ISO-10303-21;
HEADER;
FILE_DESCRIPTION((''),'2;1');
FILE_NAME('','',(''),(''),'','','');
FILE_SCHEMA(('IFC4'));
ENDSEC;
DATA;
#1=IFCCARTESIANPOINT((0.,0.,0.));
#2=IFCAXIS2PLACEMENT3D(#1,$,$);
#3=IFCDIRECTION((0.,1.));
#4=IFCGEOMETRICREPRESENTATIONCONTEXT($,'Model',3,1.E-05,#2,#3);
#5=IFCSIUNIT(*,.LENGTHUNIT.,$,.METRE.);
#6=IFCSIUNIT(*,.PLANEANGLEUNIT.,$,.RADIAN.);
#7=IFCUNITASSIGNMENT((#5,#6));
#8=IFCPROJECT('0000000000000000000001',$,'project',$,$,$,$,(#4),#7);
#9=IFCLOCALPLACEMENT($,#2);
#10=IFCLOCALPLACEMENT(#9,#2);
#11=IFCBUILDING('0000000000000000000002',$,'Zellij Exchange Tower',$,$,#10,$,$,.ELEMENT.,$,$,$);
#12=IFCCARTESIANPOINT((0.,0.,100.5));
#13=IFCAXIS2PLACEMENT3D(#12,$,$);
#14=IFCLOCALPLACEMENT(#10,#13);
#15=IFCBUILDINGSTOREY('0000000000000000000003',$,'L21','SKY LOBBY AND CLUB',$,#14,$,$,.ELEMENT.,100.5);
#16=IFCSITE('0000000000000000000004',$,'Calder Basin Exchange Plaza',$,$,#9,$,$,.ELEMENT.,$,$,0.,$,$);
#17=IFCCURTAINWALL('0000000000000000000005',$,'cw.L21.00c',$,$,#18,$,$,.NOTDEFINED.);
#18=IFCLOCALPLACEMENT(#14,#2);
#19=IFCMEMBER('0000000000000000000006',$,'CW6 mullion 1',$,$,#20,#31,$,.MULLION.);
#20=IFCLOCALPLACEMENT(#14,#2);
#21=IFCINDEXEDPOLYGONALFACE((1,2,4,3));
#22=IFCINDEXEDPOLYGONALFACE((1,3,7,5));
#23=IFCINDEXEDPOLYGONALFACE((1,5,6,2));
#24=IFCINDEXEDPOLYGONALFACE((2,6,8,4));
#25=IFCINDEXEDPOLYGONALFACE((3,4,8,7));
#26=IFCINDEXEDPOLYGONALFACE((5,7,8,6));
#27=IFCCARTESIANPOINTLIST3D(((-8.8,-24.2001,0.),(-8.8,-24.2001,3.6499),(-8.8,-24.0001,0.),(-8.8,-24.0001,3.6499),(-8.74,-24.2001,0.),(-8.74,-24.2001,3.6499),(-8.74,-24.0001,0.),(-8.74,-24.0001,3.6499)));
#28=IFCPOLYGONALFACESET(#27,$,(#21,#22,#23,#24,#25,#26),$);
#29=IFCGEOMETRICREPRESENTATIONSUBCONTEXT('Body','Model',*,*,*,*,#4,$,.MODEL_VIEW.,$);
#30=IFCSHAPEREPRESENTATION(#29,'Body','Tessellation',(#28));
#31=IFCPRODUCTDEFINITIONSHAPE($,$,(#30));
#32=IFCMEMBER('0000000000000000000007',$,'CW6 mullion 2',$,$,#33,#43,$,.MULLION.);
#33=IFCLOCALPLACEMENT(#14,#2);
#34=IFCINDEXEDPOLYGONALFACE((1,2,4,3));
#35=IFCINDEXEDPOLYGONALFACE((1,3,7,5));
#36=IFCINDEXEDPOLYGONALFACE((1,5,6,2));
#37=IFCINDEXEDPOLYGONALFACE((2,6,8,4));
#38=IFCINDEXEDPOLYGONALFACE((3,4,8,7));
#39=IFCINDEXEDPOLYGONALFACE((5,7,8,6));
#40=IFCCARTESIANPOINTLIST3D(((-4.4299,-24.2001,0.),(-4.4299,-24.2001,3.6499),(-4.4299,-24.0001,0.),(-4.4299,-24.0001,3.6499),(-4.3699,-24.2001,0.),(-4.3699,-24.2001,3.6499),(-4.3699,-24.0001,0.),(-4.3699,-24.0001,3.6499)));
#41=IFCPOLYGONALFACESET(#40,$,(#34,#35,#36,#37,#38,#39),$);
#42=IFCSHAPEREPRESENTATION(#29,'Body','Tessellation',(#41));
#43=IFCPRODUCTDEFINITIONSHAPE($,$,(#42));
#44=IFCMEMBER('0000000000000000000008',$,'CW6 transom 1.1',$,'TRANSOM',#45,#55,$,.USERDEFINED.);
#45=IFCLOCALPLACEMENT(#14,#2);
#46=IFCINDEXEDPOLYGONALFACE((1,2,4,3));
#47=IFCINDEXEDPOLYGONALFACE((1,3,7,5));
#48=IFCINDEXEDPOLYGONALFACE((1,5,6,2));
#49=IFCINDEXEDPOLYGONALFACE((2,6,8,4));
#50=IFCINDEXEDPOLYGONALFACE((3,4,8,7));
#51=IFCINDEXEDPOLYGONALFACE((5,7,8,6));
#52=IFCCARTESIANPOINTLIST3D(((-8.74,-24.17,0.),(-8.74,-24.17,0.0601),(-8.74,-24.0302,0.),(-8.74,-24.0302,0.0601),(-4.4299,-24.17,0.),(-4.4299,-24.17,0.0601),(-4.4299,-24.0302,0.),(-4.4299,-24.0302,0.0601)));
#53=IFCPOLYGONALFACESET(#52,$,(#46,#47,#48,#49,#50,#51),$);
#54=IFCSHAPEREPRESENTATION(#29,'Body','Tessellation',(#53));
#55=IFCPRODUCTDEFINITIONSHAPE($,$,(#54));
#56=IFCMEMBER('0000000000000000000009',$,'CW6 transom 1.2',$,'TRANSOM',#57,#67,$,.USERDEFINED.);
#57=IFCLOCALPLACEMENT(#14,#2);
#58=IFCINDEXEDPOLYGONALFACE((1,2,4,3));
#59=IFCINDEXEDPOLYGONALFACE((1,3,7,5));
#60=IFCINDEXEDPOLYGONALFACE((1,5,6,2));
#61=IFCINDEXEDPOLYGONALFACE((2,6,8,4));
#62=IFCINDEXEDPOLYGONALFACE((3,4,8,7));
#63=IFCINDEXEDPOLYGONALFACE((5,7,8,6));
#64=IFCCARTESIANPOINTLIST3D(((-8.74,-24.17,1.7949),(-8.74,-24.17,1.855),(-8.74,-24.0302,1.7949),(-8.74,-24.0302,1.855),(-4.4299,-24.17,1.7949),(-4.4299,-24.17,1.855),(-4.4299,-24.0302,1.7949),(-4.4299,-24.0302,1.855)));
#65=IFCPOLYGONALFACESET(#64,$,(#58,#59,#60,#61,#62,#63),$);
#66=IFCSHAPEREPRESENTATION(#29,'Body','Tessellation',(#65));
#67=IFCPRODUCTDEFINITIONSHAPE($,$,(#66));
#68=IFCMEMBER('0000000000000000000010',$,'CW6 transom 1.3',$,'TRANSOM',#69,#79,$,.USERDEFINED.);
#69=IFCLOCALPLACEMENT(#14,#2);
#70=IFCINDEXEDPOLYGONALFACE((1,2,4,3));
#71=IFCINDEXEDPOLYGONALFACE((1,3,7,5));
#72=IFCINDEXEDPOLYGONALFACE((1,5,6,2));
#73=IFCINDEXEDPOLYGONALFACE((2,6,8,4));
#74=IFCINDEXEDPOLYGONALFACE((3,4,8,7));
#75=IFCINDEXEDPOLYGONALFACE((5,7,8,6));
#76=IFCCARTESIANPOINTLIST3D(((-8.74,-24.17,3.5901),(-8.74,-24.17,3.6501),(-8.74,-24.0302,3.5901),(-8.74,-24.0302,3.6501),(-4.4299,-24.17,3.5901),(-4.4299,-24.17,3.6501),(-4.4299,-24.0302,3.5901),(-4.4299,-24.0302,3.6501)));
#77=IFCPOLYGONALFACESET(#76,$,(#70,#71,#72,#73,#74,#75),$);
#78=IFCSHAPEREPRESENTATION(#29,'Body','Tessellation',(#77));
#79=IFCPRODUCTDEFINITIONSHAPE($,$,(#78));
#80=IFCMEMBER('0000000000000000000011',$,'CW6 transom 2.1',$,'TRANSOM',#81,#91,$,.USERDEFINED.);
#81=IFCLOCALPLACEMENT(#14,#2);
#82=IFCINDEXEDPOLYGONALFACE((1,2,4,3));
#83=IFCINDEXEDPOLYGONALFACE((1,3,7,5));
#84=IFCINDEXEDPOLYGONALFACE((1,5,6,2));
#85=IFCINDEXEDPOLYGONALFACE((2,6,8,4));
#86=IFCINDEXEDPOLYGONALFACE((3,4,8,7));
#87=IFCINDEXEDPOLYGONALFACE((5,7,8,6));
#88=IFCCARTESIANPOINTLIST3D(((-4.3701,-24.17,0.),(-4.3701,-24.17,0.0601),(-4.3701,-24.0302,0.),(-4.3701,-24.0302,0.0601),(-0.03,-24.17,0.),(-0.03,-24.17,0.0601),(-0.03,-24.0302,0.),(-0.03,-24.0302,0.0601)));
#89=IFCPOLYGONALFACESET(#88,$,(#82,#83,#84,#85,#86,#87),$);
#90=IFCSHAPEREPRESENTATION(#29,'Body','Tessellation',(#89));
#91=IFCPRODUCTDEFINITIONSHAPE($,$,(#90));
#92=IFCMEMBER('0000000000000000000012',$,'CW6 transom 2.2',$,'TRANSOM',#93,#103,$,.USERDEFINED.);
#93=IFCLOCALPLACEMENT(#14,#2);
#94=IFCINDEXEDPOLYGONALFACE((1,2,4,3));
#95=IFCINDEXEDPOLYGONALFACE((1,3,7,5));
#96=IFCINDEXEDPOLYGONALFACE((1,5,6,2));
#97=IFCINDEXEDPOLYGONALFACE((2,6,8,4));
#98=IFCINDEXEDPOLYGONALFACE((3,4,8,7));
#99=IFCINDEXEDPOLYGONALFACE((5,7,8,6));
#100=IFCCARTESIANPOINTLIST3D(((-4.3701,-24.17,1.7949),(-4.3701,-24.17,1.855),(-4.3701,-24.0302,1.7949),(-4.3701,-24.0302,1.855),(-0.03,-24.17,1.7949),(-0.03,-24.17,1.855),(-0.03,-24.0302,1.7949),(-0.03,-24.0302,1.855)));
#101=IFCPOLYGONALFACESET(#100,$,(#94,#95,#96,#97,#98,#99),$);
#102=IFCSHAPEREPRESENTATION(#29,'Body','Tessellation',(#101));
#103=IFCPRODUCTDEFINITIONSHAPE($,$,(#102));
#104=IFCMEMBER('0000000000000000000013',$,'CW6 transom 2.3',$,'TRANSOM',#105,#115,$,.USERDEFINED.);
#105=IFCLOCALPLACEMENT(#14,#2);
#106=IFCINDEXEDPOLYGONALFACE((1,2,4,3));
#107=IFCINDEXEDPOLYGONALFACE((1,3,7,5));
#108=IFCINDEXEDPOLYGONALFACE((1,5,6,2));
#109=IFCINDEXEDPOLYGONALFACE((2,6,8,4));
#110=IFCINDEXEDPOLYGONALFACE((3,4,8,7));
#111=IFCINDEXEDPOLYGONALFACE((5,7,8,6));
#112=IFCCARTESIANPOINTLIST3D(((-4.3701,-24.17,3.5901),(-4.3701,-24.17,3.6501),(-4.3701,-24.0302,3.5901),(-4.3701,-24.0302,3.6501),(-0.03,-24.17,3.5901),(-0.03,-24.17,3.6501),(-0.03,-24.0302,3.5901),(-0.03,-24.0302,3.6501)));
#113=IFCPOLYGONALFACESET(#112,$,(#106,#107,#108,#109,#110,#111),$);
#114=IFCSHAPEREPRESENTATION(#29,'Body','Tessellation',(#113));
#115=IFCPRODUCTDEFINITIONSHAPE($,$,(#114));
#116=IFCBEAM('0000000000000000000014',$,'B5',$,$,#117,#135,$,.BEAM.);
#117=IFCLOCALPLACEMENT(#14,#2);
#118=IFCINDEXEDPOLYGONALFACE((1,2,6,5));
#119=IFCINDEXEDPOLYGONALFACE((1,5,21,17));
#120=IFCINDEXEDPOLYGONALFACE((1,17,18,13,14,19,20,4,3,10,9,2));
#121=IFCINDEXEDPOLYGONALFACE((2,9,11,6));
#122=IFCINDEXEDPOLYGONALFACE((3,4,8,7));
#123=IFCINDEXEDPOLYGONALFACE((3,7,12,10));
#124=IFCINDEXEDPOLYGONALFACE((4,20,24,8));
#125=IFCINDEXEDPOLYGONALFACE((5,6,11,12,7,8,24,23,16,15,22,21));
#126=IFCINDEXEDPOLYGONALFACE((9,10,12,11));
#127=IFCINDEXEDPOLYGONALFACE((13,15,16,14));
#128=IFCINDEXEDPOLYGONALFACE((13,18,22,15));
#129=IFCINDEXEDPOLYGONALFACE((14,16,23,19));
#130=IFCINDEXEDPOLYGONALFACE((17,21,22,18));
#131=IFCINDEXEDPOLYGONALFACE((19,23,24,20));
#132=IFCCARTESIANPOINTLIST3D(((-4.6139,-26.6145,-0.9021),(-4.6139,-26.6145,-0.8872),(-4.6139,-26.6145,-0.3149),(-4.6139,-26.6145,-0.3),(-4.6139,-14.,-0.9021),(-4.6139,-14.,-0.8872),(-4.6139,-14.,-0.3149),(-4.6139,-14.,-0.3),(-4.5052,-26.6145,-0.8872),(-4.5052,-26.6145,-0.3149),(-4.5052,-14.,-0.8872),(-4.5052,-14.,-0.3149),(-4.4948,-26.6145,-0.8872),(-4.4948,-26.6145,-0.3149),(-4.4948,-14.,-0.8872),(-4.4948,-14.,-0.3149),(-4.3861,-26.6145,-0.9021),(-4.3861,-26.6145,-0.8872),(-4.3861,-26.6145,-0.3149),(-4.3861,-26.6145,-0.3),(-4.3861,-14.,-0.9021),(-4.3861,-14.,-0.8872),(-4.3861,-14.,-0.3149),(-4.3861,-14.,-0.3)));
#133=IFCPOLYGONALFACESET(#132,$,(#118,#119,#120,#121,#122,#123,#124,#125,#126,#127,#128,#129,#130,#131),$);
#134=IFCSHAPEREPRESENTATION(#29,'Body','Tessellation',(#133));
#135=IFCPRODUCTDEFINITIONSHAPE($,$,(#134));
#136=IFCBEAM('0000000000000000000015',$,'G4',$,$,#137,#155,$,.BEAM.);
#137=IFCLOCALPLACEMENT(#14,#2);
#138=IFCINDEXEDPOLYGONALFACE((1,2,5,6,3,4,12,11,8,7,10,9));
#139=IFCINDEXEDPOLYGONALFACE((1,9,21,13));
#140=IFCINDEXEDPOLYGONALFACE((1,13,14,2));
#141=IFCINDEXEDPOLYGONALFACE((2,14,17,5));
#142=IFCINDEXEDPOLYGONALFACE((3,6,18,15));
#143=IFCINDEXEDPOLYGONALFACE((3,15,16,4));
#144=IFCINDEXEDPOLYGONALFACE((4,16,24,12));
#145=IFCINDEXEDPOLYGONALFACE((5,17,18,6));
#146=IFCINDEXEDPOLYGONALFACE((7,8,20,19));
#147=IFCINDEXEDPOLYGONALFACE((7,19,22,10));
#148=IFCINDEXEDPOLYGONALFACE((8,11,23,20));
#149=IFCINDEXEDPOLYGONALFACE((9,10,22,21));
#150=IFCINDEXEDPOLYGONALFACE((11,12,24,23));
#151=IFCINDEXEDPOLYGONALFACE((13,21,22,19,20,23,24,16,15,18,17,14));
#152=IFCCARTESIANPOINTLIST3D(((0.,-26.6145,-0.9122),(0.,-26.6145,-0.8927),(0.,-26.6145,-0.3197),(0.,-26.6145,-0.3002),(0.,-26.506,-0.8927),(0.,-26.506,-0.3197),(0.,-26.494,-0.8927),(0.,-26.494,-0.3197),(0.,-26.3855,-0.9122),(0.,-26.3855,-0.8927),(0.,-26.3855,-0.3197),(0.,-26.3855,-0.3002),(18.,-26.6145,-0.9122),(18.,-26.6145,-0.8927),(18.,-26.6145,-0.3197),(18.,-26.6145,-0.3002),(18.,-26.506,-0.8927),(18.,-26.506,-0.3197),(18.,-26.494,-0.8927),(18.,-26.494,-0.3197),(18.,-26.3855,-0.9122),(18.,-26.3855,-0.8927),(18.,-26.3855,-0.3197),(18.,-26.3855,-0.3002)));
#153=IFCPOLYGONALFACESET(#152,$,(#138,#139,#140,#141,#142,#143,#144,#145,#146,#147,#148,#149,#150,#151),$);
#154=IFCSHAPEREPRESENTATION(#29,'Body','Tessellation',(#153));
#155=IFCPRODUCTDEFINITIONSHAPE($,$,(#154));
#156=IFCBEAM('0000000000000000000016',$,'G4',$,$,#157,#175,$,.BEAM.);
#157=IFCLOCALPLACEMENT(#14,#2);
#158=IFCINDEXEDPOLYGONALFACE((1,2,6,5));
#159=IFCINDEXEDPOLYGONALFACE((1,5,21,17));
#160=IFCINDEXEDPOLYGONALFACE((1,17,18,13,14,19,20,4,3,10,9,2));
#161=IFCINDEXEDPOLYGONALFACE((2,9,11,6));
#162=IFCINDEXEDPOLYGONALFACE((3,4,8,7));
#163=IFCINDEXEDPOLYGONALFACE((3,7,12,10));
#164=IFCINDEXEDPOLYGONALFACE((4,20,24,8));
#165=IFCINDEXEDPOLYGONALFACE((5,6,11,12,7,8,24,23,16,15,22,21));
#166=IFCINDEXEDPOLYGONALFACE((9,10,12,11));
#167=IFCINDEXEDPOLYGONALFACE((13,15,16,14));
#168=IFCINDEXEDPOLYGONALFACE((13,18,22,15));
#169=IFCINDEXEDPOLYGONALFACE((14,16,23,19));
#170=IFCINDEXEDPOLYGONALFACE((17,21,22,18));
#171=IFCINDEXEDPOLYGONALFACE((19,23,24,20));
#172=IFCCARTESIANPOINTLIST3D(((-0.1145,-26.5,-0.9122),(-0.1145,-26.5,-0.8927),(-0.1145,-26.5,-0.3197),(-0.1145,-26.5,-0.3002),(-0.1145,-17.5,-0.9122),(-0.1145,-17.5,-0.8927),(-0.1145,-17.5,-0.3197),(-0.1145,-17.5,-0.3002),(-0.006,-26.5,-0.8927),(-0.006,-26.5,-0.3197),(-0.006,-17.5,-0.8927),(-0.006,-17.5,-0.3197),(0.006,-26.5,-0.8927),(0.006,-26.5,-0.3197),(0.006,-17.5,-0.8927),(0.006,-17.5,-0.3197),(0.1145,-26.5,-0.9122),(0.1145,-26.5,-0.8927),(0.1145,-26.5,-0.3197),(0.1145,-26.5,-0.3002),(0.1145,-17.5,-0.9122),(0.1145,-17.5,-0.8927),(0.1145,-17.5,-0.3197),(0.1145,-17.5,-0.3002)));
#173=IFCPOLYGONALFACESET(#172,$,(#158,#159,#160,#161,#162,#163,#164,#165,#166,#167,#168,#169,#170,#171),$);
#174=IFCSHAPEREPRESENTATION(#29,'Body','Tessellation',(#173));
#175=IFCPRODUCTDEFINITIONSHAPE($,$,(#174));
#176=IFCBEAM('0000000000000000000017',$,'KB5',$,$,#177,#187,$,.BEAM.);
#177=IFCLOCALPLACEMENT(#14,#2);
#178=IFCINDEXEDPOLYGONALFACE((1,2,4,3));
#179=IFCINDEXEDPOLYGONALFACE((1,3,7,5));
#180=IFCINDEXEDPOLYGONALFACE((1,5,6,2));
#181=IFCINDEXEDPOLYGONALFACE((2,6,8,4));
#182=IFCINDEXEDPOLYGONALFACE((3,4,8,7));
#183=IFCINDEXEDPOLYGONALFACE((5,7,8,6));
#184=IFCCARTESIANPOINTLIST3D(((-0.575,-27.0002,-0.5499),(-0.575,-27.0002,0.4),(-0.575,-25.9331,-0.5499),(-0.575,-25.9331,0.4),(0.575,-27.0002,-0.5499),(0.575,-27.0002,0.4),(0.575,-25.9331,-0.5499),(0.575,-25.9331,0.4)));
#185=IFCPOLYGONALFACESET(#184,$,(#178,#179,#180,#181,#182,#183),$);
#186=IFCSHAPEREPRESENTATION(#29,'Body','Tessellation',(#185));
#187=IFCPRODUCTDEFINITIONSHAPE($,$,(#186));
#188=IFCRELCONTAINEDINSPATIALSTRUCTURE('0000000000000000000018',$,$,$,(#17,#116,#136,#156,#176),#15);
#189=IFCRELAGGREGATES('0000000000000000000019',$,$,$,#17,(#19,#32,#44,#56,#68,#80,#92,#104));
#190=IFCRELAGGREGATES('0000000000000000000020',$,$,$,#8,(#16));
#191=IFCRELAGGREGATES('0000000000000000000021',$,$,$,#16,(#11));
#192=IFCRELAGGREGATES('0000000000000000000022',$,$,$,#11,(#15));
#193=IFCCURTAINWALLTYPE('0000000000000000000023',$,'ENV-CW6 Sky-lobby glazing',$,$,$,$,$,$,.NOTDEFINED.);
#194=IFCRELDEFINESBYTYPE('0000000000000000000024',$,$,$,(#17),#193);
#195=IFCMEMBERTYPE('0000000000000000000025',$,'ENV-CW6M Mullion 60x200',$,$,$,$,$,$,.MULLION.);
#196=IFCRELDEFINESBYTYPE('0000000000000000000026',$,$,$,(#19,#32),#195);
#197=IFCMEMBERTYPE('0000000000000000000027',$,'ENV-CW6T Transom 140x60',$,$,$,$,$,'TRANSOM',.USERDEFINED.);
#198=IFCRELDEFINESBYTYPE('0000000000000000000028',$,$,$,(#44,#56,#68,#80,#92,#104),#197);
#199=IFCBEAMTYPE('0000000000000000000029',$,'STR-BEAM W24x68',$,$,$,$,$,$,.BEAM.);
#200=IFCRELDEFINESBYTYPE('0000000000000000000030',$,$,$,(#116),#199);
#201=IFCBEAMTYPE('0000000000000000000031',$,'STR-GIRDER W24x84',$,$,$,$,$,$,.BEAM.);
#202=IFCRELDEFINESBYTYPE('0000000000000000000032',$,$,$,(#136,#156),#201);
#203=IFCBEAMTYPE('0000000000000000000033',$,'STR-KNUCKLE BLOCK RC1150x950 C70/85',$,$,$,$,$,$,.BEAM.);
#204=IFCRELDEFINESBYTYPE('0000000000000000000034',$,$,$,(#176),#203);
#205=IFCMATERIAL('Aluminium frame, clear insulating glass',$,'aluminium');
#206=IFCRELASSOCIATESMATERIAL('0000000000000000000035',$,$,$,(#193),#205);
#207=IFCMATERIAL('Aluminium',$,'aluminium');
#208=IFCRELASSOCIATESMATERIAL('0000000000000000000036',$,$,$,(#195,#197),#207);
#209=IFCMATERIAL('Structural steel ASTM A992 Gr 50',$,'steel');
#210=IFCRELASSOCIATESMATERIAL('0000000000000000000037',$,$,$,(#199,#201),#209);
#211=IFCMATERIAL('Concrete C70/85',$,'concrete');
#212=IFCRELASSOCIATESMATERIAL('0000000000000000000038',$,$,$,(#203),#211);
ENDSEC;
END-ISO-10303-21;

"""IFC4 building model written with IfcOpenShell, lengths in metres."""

from ifc_helpers import new_model, si_unit, direction, frame, origin, origin_2d, place, context, subcontext, project, spatial, rectangle, i_section, extrude, material, material_profile, profile_set, type_object, element, aggregate, save


model = new_model("IFC4")

# Units and contexts
model_context = context("Model", 3, precision=1e-05, world=origin(), true_north=direction((0.0, 1.0)))
body_context = subcontext(model_context, "Body", "Model", "MODEL_VIEW")
ifc_project = project(units=[si_unit("LENGTHUNIT", "METRE"), si_unit("PLANEANGLEUNIT", "RADIAN")], contexts=[model_context])

# Site, building, storey
site_placement = place(None, origin())
site = spatial("IfcSite", under=ifc_project, at=site_placement, Name="Calder Basin Exchange Plaza", CompositionType="ELEMENT", RefElevation=0.0)
building_placement = place(site_placement, origin())
building = spatial("IfcBuilding", under=site, at=building_placement, Name="Zellij Exchange Tower", CompositionType="ELEMENT")
storey_placement = place(building_placement, frame((0.0, 0.0, 100.5)))
storey = spatial("IfcBuildingStorey", under=building, at=storey_placement, Name="L21", Description="SKY LOBBY AND CLUB", CompositionType="ELEMENT", Elevation=100.5)

# Shared definitions
ifc_material_1 = material(Name="Concrete C70/85", Category="concrete")

# Curtain wall, members
ifc_material_2 = material(Name="Aluminium frame, clear insulating glass", Category="aluminium")
curtain_wall_type = type_object("IfcCurtainWallType", Name="ENV-CW6 Sky-lobby glazing", PredefinedType="NOTDEFINED", material=ifc_material_2)
curtain_wall_placement = place(storey_placement, origin())
curtain_wall = element("IfcCurtainWall", 1, at=curtain_wall_placement, inside=storey, type_object=curtain_wall_type, Name="cw.L21.00c", PredefinedType="NOTDEFINED")
ifc_material_3 = material(Name="Aluminium", Category="aluminium")
ifc_material_profile_1 = material_profile(ifc_material_3, rectangle(XDim=0.0601, YDim=0.2, at=origin_2d()), Name="AL 60x200")
ifc_profile_set_1 = profile_set([ifc_material_profile_1], Name="Aluminium")
member_type_1 = type_object("IfcMemberType", Name="ENV-CW6M Mullion 60x200", PredefinedType="MULLION", material=ifc_profile_set_1)
member_1_placement = place(storey_placement, frame((-8.77, -24.1001, 0.0), z_axis=(0.0, 0.0, 1.0), x_axis=(1.0, 0.0, 0.0)))
member_1 = element("IfcMember", 2, at=member_1_placement, type_object=member_type_1, Name="CW6 mullion 1", PredefinedType="MULLION", context=body_context, shape_type="SweptSolid", body=[
    extrude(rectangle(XDim=0.0601, YDim=0.2, at=origin_2d()), origin(), (0.0, 0.0, 1.0), 3.6499),
])
member_2_placement = place(storey_placement, frame((-4.3999, -24.1001, 0.0), z_axis=(0.0, 0.0, 1.0), x_axis=(1.0, 0.0, 0.0)))
member_2 = element("IfcMember", 3, at=member_2_placement, type_object=member_type_1, Name="CW6 mullion 2", PredefinedType="MULLION", context=body_context, shape_type="SweptSolid", body=[
    extrude(rectangle(XDim=0.0601, YDim=0.2, at=origin_2d()), origin(), (0.0, 0.0, 1.0), 3.6499),
])
ifc_material_profile_2 = material_profile(ifc_material_3, rectangle(XDim=0.1399, YDim=0.0601, at=origin_2d()), Name="AL 140x60")
ifc_profile_set_2 = profile_set([ifc_material_profile_2], Name="Aluminium")
member_type_2 = type_object("IfcMemberType", Name="ENV-CW6T Transom 140x60", ElementType="TRANSOM", PredefinedType="USERDEFINED", material=ifc_profile_set_2)
member_3_placement = place(storey_placement, frame((-8.74, -24.1001, 0.03), z_axis=(1.0, 0.0, 0.0), x_axis=(0.0, 1.0, 0.0)))
member_3 = element("IfcMember", 4, at=member_3_placement, type_object=member_type_2, Name="CW6 transom 1.1", ObjectType="TRANSOM", PredefinedType="USERDEFINED", context=body_context, shape_type="SweptSolid", body=[
    extrude(rectangle(XDim=0.1399, YDim=0.0601, at=origin_2d()), origin(), (0.0, 0.0, 1.0), 4.3101),
])
member_4_placement = place(storey_placement, frame((-8.74, -24.1001, 1.825), z_axis=(1.0, 0.0, 0.0), x_axis=(0.0, 1.0, 0.0)))
member_4 = element("IfcMember", 5, at=member_4_placement, type_object=member_type_2, Name="CW6 transom 1.2", ObjectType="TRANSOM", PredefinedType="USERDEFINED", context=body_context, shape_type="SweptSolid", body=[
    extrude(rectangle(XDim=0.1399, YDim=0.0601, at=origin_2d()), origin(), (0.0, 0.0, 1.0), 4.3101),
])
member_5_placement = place(storey_placement, frame((-8.74, -24.1001, 3.6201), z_axis=(1.0, 0.0, 0.0), x_axis=(0.0, 1.0, 0.0)))
member_5 = element("IfcMember", 6, at=member_5_placement, type_object=member_type_2, Name="CW6 transom 1.3", ObjectType="TRANSOM", PredefinedType="USERDEFINED", context=body_context, shape_type="SweptSolid", body=[
    extrude(rectangle(XDim=0.1399, YDim=0.0601, at=origin_2d()), origin(), (0.0, 0.0, 1.0), 4.3101),
])
member_6_placement = place(storey_placement, frame((-4.3701, -24.1001, 0.03), z_axis=(1.0, 0.0, 0.0), x_axis=(0.0, 1.0, 0.0)))
member_6 = element("IfcMember", 7, at=member_6_placement, type_object=member_type_2, Name="CW6 transom 2.1", ObjectType="TRANSOM", PredefinedType="USERDEFINED", context=body_context, shape_type="SweptSolid", body=[
    extrude(rectangle(XDim=0.1399, YDim=0.0601, at=origin_2d()), origin(), (0.0, 0.0, 1.0), 4.3401),
])
member_7_placement = place(storey_placement, frame((-4.3701, -24.1001, 1.825), z_axis=(1.0, 0.0, 0.0), x_axis=(0.0, 1.0, 0.0)))
member_7 = element("IfcMember", 8, at=member_7_placement, type_object=member_type_2, Name="CW6 transom 2.2", ObjectType="TRANSOM", PredefinedType="USERDEFINED", context=body_context, shape_type="SweptSolid", body=[
    extrude(rectangle(XDim=0.1399, YDim=0.0601, at=origin_2d()), origin(), (0.0, 0.0, 1.0), 4.3401),
])
member_8_placement = place(storey_placement, frame((-4.3701, -24.1001, 3.6201), z_axis=(1.0, 0.0, 0.0), x_axis=(0.0, 1.0, 0.0)))
member_8 = element("IfcMember", 9, at=member_8_placement, type_object=member_type_2, Name="CW6 transom 2.3", ObjectType="TRANSOM", PredefinedType="USERDEFINED", context=body_context, shape_type="SweptSolid", body=[
    extrude(rectangle(XDim=0.1399, YDim=0.0601, at=origin_2d()), origin(), (0.0, 0.0, 1.0), 4.3401),
])

# Beams
ifc_material_4 = material(Name="Structural steel ASTM A992 Gr 50", Category="steel")
ifc_material_profile_3 = material_profile(ifc_material_4, i_section(OverallWidth=0.2278, OverallDepth=0.6021, WebThickness=0.0105, FlangeThickness=0.0149, at=origin_2d()), Name="W24x68")
ifc_profile_set_3 = profile_set([ifc_material_profile_3], Name="Structural steel ASTM A992 Gr 50")
beam_type_1 = type_object("IfcBeamType", Name="STR-BEAM W24x68", PredefinedType="BEAM", material=ifc_profile_set_3)
beam_1_placement = place(storey_placement, frame((-4.5, -26.6145, -0.6011), z_axis=(0.0, 1.0, 0.0), x_axis=(-1.0, 0.0, 0.0)))
element("IfcBeam", 10, at=beam_1_placement, inside=storey, type_object=beam_type_1, Name="B5", PredefinedType="BEAM", context=body_context, shape_type="SweptSolid", body=[
    extrude(i_section(OverallWidth=0.2278, OverallDepth=0.6021, WebThickness=0.0105, FlangeThickness=0.0149, at=origin_2d()), origin(), (0.0, 0.0, 1.0), 12.6145),
])
ifc_material_profile_4 = material_profile(ifc_material_4, i_section(OverallWidth=0.229, OverallDepth=0.6121, WebThickness=0.012, FlangeThickness=0.0195, at=origin_2d()), Name="W24x84")
ifc_profile_set_4 = profile_set([ifc_material_profile_4], Name="Structural steel ASTM A992 Gr 50")
beam_type_2 = type_object("IfcBeamType", Name="STR-GIRDER W24x84", PredefinedType="BEAM", material=ifc_profile_set_4)
beam_2_placement = place(storey_placement, frame((0.0, -26.5, -0.6062), z_axis=(1.0, 0.0, 0.0), x_axis=(0.0, 1.0, 0.0)))
element("IfcBeam", 11, at=beam_2_placement, inside=storey, type_object=beam_type_2, Name="G4", PredefinedType="BEAM", context=body_context, shape_type="SweptSolid", body=[
    extrude(i_section(OverallWidth=0.229, OverallDepth=0.6121, WebThickness=0.012, FlangeThickness=0.0195, at=origin_2d()), origin(), (0.0, 0.0, 1.0), 18.0),
])
beam_3_placement = place(storey_placement, frame((0.0, -26.5, -0.6062), z_axis=(0.0, 1.0, 0.0), x_axis=(-1.0, 0.0, 0.0)))
element("IfcBeam", 12, at=beam_3_placement, inside=storey, type_object=beam_type_2, Name="G4", PredefinedType="BEAM", context=body_context, shape_type="SweptSolid", body=[
    extrude(i_section(OverallWidth=0.229, OverallDepth=0.6121, WebThickness=0.012, FlangeThickness=0.0195, at=origin_2d()), origin(), (0.0, 0.0, 1.0), 9.0),
])
ifc_material_profile_5 = material_profile(ifc_material_1, rectangle(XDim=1.1499, YDim=0.95, at=origin_2d()), Name="STR-KNUCKLE BLOCK RC1150x950 C70/85")
ifc_profile_set_5 = profile_set([ifc_material_profile_5], Name="Concrete C70/85")
beam_type_3 = type_object("IfcBeamType", Name="STR-KNUCKLE BLOCK RC1150x950 C70/85", PredefinedType="BEAM", material=ifc_profile_set_5)
beam_4_placement = place(storey_placement, frame((0.0, -27.0002, -0.075), z_axis=(0.0, 1.0, 0.0), x_axis=(-1.0, 0.0, 0.0)))
element("IfcBeam", 13, at=beam_4_placement, inside=storey, type_object=beam_type_3, Name="KB5", PredefinedType="BEAM", context=body_context, shape_type="SweptSolid", body=[
    extrude(rectangle(XDim=1.1499, YDim=0.95, at=origin_2d()), origin(), (0.0, 0.0, 1.0), 1.0671),
])

aggregate(curtain_wall, [member_1, member_2, member_3, member_4, member_5, member_6, member_7, member_8])

save(model, "model.ifc")
